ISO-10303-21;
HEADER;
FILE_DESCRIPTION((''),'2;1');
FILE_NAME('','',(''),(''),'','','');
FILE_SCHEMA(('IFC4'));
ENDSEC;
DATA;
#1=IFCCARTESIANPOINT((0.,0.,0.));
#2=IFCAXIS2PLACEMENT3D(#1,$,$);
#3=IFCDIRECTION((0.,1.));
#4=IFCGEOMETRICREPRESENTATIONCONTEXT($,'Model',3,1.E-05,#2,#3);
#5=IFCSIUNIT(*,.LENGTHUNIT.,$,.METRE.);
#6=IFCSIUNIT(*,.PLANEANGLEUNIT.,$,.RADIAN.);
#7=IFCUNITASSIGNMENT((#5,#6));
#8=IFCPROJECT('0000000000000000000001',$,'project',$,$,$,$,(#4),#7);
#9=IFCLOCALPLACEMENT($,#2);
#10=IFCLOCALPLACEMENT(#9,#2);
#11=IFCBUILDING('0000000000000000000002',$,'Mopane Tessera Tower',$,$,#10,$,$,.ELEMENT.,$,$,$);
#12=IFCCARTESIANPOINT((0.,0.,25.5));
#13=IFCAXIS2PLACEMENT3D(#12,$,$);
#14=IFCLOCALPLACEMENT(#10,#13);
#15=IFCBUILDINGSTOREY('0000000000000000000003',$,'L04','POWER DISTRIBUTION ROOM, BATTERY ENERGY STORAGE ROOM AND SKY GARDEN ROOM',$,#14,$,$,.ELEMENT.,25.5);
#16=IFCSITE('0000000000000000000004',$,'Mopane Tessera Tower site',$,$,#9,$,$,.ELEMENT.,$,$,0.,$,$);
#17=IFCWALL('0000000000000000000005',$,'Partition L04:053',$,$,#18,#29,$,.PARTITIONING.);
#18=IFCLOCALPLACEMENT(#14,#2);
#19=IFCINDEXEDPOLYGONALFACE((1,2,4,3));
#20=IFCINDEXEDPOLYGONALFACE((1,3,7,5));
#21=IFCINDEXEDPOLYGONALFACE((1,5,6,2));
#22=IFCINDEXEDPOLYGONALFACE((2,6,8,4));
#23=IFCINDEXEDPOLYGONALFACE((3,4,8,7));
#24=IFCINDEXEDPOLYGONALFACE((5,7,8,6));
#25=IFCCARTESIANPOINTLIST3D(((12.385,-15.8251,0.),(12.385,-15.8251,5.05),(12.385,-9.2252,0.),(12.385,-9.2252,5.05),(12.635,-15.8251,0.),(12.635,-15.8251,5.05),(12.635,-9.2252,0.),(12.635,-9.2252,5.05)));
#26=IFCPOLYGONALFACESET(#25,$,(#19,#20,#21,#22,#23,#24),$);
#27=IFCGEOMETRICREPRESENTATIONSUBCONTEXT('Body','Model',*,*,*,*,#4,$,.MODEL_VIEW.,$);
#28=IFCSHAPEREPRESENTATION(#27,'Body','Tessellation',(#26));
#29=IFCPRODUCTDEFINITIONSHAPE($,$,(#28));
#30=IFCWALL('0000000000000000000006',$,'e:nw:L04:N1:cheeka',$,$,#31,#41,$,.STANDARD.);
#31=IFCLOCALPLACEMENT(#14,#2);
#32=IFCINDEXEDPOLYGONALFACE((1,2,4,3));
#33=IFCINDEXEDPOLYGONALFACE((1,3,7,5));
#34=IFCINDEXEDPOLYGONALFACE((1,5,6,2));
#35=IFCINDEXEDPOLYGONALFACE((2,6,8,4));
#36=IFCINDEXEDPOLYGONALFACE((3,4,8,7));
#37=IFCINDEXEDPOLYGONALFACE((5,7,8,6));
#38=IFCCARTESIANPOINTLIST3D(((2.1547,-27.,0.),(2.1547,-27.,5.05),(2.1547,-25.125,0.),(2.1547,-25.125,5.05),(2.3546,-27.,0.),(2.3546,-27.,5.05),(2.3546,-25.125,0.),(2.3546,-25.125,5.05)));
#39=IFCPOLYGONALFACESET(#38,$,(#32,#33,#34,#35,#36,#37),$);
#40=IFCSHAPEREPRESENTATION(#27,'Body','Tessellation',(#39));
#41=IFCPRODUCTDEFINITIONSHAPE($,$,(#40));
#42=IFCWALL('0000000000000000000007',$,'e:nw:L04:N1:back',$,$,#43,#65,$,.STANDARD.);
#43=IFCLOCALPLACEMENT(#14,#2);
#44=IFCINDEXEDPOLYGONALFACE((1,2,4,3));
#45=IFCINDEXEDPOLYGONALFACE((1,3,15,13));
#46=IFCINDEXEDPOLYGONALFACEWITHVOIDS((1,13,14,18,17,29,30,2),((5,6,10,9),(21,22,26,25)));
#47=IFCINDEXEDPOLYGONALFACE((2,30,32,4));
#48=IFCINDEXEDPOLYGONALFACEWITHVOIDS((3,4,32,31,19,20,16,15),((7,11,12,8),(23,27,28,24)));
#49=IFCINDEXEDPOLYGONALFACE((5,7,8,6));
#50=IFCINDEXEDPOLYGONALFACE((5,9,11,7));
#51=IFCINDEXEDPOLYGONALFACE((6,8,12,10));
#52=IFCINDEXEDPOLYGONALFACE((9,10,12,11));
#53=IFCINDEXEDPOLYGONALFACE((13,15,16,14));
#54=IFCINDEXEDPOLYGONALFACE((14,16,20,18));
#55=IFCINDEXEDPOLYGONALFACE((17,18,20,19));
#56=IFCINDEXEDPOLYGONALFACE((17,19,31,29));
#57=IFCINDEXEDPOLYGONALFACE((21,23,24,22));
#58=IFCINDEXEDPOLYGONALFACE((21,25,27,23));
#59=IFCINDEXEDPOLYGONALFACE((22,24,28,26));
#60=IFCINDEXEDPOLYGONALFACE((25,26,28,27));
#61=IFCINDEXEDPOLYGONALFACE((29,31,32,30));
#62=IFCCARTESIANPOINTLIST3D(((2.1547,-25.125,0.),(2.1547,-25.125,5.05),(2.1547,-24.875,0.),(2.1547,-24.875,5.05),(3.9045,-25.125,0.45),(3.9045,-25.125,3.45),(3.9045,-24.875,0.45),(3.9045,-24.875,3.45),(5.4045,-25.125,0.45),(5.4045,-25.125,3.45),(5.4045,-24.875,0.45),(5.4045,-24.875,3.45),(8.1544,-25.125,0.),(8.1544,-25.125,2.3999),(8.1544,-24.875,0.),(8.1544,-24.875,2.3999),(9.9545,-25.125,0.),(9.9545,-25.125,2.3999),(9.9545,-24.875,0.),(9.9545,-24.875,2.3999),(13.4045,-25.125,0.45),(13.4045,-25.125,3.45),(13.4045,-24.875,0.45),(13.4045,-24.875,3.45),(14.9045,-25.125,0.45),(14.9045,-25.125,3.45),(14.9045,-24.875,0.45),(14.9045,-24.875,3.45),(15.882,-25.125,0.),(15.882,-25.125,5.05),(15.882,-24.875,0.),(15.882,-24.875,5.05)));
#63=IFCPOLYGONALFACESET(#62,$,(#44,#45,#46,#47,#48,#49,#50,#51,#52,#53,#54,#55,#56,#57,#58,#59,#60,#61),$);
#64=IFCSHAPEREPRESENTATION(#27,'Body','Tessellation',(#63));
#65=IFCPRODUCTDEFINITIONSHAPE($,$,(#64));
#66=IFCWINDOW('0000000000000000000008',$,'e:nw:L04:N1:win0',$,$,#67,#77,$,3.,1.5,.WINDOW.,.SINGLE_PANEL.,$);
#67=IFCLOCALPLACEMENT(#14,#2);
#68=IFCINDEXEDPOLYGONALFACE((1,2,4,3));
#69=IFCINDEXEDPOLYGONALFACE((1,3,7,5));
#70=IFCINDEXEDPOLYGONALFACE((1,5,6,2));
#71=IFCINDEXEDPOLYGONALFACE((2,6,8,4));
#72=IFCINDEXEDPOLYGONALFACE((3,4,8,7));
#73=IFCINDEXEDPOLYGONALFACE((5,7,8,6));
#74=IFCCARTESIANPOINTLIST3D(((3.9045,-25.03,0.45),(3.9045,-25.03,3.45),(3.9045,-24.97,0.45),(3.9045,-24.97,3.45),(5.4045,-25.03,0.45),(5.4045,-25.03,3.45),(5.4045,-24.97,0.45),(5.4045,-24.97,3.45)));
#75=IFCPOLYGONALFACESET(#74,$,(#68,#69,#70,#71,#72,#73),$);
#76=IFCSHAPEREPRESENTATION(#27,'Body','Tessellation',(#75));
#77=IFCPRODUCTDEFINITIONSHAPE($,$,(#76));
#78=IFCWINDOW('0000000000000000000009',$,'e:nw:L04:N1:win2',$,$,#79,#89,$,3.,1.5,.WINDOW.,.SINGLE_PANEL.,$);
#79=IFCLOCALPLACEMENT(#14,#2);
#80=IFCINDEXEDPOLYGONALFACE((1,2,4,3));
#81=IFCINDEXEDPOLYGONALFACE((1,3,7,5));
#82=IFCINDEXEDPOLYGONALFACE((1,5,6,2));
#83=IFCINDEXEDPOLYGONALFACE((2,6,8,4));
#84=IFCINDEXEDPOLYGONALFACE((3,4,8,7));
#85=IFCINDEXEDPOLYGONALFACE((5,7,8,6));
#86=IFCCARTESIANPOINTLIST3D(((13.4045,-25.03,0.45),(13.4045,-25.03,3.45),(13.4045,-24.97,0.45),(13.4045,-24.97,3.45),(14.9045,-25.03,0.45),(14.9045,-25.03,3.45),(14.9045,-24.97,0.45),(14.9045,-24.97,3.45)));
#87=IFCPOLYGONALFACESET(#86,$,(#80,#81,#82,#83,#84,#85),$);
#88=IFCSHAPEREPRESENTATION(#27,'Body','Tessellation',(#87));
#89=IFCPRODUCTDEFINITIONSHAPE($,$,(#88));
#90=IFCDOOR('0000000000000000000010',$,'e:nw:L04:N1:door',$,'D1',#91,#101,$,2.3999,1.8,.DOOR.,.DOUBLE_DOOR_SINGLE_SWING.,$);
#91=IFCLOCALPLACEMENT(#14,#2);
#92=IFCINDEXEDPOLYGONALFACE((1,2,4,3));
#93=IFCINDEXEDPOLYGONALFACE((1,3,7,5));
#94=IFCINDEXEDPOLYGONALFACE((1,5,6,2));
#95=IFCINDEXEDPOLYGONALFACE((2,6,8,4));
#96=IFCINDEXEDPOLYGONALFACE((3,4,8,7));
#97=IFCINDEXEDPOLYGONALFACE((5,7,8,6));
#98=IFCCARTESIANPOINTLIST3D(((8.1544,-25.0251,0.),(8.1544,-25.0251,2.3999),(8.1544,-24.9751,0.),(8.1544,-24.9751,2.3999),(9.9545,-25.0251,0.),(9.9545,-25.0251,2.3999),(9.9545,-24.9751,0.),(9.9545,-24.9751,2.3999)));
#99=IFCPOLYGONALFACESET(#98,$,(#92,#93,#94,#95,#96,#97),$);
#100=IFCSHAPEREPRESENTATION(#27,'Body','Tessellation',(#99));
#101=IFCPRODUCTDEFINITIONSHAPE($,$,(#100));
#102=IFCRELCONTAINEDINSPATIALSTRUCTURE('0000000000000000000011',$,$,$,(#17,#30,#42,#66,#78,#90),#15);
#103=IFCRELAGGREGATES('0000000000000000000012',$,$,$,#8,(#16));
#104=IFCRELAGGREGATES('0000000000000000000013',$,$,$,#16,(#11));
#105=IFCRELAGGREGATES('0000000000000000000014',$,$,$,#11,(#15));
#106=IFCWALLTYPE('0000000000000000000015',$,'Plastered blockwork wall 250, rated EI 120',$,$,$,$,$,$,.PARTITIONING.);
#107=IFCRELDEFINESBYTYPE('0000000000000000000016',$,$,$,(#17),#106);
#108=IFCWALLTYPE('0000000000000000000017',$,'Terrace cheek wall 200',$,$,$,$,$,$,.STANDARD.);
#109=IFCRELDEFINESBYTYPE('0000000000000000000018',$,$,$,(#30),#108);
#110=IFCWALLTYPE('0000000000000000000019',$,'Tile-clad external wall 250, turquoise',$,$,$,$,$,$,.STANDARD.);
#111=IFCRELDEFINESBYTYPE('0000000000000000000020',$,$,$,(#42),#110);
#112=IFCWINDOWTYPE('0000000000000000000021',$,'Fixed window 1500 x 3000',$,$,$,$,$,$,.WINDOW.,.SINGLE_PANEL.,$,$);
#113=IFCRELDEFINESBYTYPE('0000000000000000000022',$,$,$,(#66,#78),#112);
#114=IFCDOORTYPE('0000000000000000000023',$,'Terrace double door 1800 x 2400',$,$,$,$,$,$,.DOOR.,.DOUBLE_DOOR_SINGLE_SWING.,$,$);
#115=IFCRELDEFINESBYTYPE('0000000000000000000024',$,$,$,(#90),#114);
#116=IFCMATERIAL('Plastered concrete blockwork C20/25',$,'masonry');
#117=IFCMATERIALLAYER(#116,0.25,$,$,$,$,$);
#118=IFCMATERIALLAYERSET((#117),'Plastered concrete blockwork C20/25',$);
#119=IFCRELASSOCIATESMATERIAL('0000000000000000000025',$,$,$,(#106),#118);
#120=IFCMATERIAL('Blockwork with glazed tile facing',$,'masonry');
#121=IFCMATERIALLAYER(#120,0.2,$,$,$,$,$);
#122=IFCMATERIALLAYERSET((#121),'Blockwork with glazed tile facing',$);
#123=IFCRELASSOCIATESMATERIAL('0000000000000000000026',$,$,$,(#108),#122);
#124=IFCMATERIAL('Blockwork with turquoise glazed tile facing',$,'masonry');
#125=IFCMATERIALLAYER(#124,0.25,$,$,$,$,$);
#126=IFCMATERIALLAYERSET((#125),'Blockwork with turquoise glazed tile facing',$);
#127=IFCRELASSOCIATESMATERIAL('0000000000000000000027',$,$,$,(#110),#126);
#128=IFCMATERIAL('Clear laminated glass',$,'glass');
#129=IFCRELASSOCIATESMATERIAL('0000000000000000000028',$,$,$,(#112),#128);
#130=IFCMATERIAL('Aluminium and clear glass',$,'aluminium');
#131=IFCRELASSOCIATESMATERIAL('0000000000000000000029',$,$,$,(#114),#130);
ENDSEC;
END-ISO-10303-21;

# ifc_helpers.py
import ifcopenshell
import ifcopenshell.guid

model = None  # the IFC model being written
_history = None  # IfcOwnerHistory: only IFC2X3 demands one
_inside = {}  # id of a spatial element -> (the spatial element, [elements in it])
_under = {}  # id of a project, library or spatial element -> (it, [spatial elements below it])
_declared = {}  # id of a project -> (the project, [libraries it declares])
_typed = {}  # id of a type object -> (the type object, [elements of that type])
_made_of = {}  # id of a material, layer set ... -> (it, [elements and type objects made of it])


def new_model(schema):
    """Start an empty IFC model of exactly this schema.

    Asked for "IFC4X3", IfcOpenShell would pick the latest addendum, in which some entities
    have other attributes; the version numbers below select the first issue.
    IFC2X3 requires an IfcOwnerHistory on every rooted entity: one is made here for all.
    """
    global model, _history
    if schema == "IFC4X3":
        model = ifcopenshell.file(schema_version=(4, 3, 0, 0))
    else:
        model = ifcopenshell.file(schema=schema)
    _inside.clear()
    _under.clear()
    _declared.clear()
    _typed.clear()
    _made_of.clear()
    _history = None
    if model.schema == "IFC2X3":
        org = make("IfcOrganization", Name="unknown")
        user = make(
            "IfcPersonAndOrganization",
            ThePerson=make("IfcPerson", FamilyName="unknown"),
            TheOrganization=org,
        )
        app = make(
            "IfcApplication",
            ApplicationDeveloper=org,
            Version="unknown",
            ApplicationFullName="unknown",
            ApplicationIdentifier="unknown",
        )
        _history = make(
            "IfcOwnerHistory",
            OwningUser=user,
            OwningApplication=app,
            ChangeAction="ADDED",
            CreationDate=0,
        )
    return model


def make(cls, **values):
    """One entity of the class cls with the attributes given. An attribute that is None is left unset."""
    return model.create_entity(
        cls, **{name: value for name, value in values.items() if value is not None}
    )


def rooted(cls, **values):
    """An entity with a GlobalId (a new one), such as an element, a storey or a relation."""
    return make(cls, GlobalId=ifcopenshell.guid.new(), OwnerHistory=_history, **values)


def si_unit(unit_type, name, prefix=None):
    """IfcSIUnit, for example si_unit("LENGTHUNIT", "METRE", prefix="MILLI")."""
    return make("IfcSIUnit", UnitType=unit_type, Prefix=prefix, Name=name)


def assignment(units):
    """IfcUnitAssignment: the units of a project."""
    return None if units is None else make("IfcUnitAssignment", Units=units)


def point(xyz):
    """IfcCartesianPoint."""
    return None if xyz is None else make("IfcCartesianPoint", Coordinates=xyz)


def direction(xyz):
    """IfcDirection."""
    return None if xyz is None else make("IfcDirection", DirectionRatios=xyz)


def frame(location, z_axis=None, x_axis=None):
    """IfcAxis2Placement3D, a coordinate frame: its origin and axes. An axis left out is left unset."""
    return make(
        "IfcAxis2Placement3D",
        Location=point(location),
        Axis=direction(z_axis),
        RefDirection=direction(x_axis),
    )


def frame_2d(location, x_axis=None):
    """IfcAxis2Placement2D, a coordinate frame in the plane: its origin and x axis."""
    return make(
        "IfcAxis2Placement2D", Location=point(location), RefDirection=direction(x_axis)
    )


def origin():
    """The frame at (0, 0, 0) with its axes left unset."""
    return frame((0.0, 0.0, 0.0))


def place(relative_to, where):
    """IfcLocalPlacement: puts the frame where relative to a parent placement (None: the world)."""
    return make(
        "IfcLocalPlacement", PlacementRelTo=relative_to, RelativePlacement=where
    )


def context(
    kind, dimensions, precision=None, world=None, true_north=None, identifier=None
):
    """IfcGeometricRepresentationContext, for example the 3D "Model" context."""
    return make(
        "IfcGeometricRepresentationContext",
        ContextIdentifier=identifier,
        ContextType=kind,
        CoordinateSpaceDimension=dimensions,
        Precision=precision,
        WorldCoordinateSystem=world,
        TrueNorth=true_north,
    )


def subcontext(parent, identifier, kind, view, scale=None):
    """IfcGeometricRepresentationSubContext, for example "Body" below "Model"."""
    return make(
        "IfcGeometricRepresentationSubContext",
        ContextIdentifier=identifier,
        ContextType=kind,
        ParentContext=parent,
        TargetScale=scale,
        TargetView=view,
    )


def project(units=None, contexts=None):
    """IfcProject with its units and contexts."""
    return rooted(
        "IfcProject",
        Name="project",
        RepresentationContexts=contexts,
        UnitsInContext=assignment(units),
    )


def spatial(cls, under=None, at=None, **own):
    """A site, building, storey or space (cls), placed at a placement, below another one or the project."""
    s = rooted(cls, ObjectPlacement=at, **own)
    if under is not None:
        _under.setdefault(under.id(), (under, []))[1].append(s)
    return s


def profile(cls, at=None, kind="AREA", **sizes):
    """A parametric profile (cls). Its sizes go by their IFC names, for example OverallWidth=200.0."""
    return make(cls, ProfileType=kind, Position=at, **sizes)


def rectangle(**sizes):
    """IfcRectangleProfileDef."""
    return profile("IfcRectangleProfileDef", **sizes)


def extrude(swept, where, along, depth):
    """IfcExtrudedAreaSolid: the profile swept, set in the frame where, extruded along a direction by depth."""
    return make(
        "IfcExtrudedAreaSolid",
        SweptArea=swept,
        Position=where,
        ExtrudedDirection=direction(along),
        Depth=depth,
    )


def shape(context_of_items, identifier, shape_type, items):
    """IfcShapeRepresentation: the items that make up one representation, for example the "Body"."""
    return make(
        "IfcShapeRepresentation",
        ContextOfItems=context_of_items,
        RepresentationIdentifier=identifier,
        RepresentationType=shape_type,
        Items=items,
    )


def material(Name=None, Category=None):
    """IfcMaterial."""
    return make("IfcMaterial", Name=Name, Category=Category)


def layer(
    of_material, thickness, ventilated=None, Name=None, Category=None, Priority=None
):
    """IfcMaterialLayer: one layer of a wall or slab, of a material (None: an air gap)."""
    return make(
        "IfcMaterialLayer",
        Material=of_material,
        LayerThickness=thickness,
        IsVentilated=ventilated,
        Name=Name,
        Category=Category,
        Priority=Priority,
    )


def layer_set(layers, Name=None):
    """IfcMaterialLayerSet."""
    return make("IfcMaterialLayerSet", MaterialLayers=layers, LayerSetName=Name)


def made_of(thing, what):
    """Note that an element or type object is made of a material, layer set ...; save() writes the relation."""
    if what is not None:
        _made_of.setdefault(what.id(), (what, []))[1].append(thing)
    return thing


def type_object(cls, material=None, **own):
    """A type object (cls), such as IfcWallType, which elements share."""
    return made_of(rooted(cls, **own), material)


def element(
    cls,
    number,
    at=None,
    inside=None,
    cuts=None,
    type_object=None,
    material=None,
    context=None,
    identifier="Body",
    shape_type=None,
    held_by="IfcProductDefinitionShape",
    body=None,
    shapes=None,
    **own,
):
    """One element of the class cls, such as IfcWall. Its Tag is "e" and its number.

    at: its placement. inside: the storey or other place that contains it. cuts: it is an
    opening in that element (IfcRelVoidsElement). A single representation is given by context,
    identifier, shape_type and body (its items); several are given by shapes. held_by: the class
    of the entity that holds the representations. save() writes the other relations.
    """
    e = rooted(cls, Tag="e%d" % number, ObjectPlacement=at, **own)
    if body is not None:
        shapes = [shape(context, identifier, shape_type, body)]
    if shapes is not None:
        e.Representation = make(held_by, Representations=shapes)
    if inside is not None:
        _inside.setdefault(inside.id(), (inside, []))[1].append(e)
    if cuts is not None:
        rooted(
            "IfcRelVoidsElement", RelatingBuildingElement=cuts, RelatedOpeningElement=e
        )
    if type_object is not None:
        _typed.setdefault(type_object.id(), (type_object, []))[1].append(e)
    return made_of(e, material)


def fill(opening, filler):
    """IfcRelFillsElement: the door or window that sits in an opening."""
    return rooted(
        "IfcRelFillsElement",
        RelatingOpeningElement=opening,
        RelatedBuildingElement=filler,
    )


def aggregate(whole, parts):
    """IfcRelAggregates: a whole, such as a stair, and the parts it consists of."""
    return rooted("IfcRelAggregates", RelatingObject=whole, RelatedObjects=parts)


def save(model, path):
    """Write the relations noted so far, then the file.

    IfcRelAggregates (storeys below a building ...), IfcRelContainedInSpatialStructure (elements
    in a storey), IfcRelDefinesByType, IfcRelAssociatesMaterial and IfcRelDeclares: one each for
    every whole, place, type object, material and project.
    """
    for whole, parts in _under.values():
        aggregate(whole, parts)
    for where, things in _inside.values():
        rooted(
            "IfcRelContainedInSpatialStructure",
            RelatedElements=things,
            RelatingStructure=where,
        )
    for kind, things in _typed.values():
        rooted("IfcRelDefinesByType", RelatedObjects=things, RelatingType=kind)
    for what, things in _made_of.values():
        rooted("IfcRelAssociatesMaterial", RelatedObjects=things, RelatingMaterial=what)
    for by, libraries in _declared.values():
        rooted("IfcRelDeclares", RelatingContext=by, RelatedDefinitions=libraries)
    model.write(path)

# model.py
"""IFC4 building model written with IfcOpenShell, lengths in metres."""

from ifc_helpers import new_model, si_unit, direction, frame, frame_2d, origin, place, context, subcontext, project, spatial, rectangle, extrude, material, layer, layer_set, type_object, element, fill, save


model = new_model("IFC4")

# Units and contexts
model_context = context("Model", 3, precision=1e-05, world=origin(), true_north=direction((0.0, 1.0)))
body_context = subcontext(model_context, "Body", "Model", "MODEL_VIEW")
ifc_project = project(units=[si_unit("LENGTHUNIT", "METRE"), si_unit("PLANEANGLEUNIT", "RADIAN")], contexts=[model_context])

# Site, building, storey
site_placement = place(None, origin())
site = spatial("IfcSite", under=ifc_project, at=site_placement, Name="Mopane Tessera Tower site", CompositionType="ELEMENT", RefElevation=0.0)
building_placement = place(site_placement, origin())
building = spatial("IfcBuilding", under=site, at=building_placement, Name="Mopane Tessera Tower", CompositionType="ELEMENT")
storey_placement = place(building_placement, frame((0.0, 0.0, 25.5)))
storey = spatial("IfcBuildingStorey", under=building, at=storey_placement, Name="L04", Description="POWER DISTRIBUTION ROOM, BATTERY ENERGY STORAGE ROOM AND SKY GARDEN ROOM", CompositionType="ELEMENT", Elevation=25.5)

# Shared definitions
ifc_material_1 = material(Name="Plastered concrete blockwork C20/25", Category="masonry")
ifc_layer_1 = layer(ifc_material_1, 0.25)
ifc_layer_set_1 = layer_set([ifc_layer_1], Name="Plastered concrete blockwork C20/25")
wall_type_1 = type_object("IfcWallType", Name="Plastered blockwork wall 250, rated EI 120", PredefinedType="PARTITIONING", material=ifc_layer_set_1)

# Walls
wall_1_placement = place(storey_placement, frame((12.51, -15.825, 0.0), z_axis=(0.0, 0.0, 1.0), x_axis=(0.0, 1.0, 0.0)))
element("IfcWall", 1, at=wall_1_placement, inside=storey, type_object=wall_type_1, Name="Partition L04:053", PredefinedType="PARTITIONING", context=body_context, shape_type="SweptSolid", body=[
    extrude(rectangle(XDim=6.5999, YDim=0.25, at=frame_2d((3.2998, 0.0))), origin(), (0.0, 0.0, 1.0), 5.05),
])
ifc_material_2 = material(Name="Blockwork with glazed tile facing", Category="masonry")
ifc_layer_2 = layer(ifc_material_2, 0.2)
ifc_layer_set_2 = layer_set([ifc_layer_2], Name="Blockwork with glazed tile facing")
wall_type_2 = type_object("IfcWallType", Name="Terrace cheek wall 200", PredefinedType="STANDARD", material=ifc_layer_set_2)
wall_2_placement = place(storey_placement, frame((2.2546, -27.0, 0.0), z_axis=(0.0, 0.0, 1.0), x_axis=(0.0, 1.0, 0.0)))
element("IfcWall", 2, at=wall_2_placement, inside=storey, type_object=wall_type_2, Name="e:nw:L04:N1:cheeka", PredefinedType="STANDARD", context=body_context, shape_type="SweptSolid", body=[
    extrude(rectangle(XDim=1.875, YDim=0.2, at=frame_2d((0.9375, 0.0))), origin(), (0.0, 0.0, 1.0), 5.05),
])

# Wall, openings, windows, door
ifc_material_3 = material(Name="Blockwork with turquoise glazed tile facing", Category="masonry")
ifc_layer_3 = layer(ifc_material_3, 0.25)
ifc_layer_set_3 = layer_set([ifc_layer_3], Name="Blockwork with turquoise glazed tile facing")
wall_type_3 = type_object("IfcWallType", Name="Tile-clad external wall 250, turquoise", PredefinedType="STANDARD", material=ifc_layer_set_3)
wall_3_placement = place(storey_placement, frame((2.1545, -25.0, 0.0), z_axis=(0.0, 0.0, 1.0), x_axis=(1.0, 0.0, 0.0)))
wall_3 = element("IfcWall", 3, at=wall_3_placement, inside=storey, type_object=wall_type_3, Name="e:nw:L04:N1:back", PredefinedType="STANDARD", context=body_context, shape_type="SweptSolid", body=[
    extrude(rectangle(XDim=13.7273, YDim=0.25, at=frame_2d((6.8638, 0.0))), origin(), (0.0, 0.0, 1.0), 5.05),
])
opening_1_placement = place(wall_3_placement, frame((1.75, 0.0, 0.45)))
opening_1 = element("IfcOpeningElement", 4, at=opening_1_placement, cuts=wall_3, PredefinedType="OPENING", context=body_context, shape_type="SweptSolid", body=[
    extrude(rectangle(XDim=1.5, YDim=3.0, at=frame_2d((0.75, 1.5))), frame((0.0, 0.137, 0.0), z_axis=(0.0, -1.0, 0.0), x_axis=(1.0, 0.0, 0.0)), (0.0, 0.0, 1.0), 0.2739),
])
opening_2_placement = place(wall_3_placement, frame((6.0, 0.0, 0.0)))
opening_2 = element("IfcOpeningElement", 5, at=opening_2_placement, cuts=wall_3, PredefinedType="OPENING", context=body_context, shape_type="SweptSolid", body=[
    extrude(rectangle(XDim=1.8, YDim=2.3999, at=frame_2d((0.8999, 1.2))), frame((0.0, 0.137, 0.0), z_axis=(0.0, -1.0, 0.0), x_axis=(1.0, 0.0, 0.0)), (0.0, 0.0, 1.0), 0.2739),
])
opening_3_placement = place(wall_3_placement, frame((11.25, 0.0, 0.45)))
opening_3 = element("IfcOpeningElement", 6, at=opening_3_placement, cuts=wall_3, PredefinedType="OPENING", context=body_context, shape_type="SweptSolid", body=[
    extrude(rectangle(XDim=1.5, YDim=3.0, at=frame_2d((0.75, 1.5))), frame((0.0, 0.137, 0.0), z_axis=(0.0, -1.0, 0.0), x_axis=(1.0, 0.0, 0.0)), (0.0, 0.0, 1.0), 0.2739),
])
ifc_material_4 = material(Name="Clear laminated glass", Category="glass")
window_type = type_object("IfcWindowType", Name="Fixed window 1500 x 3000", PartitioningType="SINGLE_PANEL", PredefinedType="WINDOW", material=ifc_material_4)
window_1_placement = place(opening_1_placement, origin())
window_1 = element("IfcWindow", 7, at=window_1_placement, inside=storey, type_object=window_type, Name="e:nw:L04:N1:win0", OverallHeight=3.0, OverallWidth=1.5, PartitioningType="SINGLE_PANEL", PredefinedType="WINDOW", context=body_context, shape_type="SweptSolid", body=[
    extrude(rectangle(XDim=1.5, YDim=3.0, at=frame_2d((0.75, 1.5))), frame((0.0, 0.03, 0.0), z_axis=(0.0, -1.0, 0.0), x_axis=(1.0, 0.0, 0.0)), (0.0, 0.0, 1.0), 0.0601),
])
fill(opening_1, window_1)
window_2_placement = place(opening_3_placement, origin())
window_2 = element("IfcWindow", 8, at=window_2_placement, inside=storey, type_object=window_type, Name="e:nw:L04:N1:win2", OverallHeight=3.0, OverallWidth=1.5, PartitioningType="SINGLE_PANEL", PredefinedType="WINDOW", context=body_context, shape_type="SweptSolid", body=[
    extrude(rectangle(XDim=1.5, YDim=3.0, at=frame_2d((0.75, 1.5))), frame((0.0, 0.03, 0.0), z_axis=(0.0, -1.0, 0.0), x_axis=(1.0, 0.0, 0.0)), (0.0, 0.0, 1.0), 0.0601),
])
fill(opening_3, window_2)
ifc_material_5 = material(Name="Aluminium and clear glass", Category="aluminium")
door_type_1 = type_object("IfcDoorType", Name="Terrace double door 1800 x 2400", OperationType="DOUBLE_DOOR_SINGLE_SWING", PredefinedType="DOOR", material=ifc_material_5)
door_1_placement = place(opening_2_placement, origin())
door_1 = element("IfcDoor", 9, at=door_1_placement, inside=storey, type_object=door_type_1, Name="e:nw:L04:N1:door", ObjectType="D1", OperationType="DOUBLE_DOOR_SINGLE_SWING", OverallHeight=2.3999, OverallWidth=1.8, PredefinedType="DOOR", context=body_context, shape_type="SweptSolid", body=[
    extrude(rectangle(XDim=1.8, YDim=2.3999, at=frame_2d((0.8999, 1.2))), frame((0.0, 0.0249, 0.0), z_axis=(0.0, -1.0, 0.0), x_axis=(1.0, 0.0, 0.0)), (0.0, 0.0, 1.0), 0.05),
])
fill(opening_2, door_1)

save(model, "model.ifc")
